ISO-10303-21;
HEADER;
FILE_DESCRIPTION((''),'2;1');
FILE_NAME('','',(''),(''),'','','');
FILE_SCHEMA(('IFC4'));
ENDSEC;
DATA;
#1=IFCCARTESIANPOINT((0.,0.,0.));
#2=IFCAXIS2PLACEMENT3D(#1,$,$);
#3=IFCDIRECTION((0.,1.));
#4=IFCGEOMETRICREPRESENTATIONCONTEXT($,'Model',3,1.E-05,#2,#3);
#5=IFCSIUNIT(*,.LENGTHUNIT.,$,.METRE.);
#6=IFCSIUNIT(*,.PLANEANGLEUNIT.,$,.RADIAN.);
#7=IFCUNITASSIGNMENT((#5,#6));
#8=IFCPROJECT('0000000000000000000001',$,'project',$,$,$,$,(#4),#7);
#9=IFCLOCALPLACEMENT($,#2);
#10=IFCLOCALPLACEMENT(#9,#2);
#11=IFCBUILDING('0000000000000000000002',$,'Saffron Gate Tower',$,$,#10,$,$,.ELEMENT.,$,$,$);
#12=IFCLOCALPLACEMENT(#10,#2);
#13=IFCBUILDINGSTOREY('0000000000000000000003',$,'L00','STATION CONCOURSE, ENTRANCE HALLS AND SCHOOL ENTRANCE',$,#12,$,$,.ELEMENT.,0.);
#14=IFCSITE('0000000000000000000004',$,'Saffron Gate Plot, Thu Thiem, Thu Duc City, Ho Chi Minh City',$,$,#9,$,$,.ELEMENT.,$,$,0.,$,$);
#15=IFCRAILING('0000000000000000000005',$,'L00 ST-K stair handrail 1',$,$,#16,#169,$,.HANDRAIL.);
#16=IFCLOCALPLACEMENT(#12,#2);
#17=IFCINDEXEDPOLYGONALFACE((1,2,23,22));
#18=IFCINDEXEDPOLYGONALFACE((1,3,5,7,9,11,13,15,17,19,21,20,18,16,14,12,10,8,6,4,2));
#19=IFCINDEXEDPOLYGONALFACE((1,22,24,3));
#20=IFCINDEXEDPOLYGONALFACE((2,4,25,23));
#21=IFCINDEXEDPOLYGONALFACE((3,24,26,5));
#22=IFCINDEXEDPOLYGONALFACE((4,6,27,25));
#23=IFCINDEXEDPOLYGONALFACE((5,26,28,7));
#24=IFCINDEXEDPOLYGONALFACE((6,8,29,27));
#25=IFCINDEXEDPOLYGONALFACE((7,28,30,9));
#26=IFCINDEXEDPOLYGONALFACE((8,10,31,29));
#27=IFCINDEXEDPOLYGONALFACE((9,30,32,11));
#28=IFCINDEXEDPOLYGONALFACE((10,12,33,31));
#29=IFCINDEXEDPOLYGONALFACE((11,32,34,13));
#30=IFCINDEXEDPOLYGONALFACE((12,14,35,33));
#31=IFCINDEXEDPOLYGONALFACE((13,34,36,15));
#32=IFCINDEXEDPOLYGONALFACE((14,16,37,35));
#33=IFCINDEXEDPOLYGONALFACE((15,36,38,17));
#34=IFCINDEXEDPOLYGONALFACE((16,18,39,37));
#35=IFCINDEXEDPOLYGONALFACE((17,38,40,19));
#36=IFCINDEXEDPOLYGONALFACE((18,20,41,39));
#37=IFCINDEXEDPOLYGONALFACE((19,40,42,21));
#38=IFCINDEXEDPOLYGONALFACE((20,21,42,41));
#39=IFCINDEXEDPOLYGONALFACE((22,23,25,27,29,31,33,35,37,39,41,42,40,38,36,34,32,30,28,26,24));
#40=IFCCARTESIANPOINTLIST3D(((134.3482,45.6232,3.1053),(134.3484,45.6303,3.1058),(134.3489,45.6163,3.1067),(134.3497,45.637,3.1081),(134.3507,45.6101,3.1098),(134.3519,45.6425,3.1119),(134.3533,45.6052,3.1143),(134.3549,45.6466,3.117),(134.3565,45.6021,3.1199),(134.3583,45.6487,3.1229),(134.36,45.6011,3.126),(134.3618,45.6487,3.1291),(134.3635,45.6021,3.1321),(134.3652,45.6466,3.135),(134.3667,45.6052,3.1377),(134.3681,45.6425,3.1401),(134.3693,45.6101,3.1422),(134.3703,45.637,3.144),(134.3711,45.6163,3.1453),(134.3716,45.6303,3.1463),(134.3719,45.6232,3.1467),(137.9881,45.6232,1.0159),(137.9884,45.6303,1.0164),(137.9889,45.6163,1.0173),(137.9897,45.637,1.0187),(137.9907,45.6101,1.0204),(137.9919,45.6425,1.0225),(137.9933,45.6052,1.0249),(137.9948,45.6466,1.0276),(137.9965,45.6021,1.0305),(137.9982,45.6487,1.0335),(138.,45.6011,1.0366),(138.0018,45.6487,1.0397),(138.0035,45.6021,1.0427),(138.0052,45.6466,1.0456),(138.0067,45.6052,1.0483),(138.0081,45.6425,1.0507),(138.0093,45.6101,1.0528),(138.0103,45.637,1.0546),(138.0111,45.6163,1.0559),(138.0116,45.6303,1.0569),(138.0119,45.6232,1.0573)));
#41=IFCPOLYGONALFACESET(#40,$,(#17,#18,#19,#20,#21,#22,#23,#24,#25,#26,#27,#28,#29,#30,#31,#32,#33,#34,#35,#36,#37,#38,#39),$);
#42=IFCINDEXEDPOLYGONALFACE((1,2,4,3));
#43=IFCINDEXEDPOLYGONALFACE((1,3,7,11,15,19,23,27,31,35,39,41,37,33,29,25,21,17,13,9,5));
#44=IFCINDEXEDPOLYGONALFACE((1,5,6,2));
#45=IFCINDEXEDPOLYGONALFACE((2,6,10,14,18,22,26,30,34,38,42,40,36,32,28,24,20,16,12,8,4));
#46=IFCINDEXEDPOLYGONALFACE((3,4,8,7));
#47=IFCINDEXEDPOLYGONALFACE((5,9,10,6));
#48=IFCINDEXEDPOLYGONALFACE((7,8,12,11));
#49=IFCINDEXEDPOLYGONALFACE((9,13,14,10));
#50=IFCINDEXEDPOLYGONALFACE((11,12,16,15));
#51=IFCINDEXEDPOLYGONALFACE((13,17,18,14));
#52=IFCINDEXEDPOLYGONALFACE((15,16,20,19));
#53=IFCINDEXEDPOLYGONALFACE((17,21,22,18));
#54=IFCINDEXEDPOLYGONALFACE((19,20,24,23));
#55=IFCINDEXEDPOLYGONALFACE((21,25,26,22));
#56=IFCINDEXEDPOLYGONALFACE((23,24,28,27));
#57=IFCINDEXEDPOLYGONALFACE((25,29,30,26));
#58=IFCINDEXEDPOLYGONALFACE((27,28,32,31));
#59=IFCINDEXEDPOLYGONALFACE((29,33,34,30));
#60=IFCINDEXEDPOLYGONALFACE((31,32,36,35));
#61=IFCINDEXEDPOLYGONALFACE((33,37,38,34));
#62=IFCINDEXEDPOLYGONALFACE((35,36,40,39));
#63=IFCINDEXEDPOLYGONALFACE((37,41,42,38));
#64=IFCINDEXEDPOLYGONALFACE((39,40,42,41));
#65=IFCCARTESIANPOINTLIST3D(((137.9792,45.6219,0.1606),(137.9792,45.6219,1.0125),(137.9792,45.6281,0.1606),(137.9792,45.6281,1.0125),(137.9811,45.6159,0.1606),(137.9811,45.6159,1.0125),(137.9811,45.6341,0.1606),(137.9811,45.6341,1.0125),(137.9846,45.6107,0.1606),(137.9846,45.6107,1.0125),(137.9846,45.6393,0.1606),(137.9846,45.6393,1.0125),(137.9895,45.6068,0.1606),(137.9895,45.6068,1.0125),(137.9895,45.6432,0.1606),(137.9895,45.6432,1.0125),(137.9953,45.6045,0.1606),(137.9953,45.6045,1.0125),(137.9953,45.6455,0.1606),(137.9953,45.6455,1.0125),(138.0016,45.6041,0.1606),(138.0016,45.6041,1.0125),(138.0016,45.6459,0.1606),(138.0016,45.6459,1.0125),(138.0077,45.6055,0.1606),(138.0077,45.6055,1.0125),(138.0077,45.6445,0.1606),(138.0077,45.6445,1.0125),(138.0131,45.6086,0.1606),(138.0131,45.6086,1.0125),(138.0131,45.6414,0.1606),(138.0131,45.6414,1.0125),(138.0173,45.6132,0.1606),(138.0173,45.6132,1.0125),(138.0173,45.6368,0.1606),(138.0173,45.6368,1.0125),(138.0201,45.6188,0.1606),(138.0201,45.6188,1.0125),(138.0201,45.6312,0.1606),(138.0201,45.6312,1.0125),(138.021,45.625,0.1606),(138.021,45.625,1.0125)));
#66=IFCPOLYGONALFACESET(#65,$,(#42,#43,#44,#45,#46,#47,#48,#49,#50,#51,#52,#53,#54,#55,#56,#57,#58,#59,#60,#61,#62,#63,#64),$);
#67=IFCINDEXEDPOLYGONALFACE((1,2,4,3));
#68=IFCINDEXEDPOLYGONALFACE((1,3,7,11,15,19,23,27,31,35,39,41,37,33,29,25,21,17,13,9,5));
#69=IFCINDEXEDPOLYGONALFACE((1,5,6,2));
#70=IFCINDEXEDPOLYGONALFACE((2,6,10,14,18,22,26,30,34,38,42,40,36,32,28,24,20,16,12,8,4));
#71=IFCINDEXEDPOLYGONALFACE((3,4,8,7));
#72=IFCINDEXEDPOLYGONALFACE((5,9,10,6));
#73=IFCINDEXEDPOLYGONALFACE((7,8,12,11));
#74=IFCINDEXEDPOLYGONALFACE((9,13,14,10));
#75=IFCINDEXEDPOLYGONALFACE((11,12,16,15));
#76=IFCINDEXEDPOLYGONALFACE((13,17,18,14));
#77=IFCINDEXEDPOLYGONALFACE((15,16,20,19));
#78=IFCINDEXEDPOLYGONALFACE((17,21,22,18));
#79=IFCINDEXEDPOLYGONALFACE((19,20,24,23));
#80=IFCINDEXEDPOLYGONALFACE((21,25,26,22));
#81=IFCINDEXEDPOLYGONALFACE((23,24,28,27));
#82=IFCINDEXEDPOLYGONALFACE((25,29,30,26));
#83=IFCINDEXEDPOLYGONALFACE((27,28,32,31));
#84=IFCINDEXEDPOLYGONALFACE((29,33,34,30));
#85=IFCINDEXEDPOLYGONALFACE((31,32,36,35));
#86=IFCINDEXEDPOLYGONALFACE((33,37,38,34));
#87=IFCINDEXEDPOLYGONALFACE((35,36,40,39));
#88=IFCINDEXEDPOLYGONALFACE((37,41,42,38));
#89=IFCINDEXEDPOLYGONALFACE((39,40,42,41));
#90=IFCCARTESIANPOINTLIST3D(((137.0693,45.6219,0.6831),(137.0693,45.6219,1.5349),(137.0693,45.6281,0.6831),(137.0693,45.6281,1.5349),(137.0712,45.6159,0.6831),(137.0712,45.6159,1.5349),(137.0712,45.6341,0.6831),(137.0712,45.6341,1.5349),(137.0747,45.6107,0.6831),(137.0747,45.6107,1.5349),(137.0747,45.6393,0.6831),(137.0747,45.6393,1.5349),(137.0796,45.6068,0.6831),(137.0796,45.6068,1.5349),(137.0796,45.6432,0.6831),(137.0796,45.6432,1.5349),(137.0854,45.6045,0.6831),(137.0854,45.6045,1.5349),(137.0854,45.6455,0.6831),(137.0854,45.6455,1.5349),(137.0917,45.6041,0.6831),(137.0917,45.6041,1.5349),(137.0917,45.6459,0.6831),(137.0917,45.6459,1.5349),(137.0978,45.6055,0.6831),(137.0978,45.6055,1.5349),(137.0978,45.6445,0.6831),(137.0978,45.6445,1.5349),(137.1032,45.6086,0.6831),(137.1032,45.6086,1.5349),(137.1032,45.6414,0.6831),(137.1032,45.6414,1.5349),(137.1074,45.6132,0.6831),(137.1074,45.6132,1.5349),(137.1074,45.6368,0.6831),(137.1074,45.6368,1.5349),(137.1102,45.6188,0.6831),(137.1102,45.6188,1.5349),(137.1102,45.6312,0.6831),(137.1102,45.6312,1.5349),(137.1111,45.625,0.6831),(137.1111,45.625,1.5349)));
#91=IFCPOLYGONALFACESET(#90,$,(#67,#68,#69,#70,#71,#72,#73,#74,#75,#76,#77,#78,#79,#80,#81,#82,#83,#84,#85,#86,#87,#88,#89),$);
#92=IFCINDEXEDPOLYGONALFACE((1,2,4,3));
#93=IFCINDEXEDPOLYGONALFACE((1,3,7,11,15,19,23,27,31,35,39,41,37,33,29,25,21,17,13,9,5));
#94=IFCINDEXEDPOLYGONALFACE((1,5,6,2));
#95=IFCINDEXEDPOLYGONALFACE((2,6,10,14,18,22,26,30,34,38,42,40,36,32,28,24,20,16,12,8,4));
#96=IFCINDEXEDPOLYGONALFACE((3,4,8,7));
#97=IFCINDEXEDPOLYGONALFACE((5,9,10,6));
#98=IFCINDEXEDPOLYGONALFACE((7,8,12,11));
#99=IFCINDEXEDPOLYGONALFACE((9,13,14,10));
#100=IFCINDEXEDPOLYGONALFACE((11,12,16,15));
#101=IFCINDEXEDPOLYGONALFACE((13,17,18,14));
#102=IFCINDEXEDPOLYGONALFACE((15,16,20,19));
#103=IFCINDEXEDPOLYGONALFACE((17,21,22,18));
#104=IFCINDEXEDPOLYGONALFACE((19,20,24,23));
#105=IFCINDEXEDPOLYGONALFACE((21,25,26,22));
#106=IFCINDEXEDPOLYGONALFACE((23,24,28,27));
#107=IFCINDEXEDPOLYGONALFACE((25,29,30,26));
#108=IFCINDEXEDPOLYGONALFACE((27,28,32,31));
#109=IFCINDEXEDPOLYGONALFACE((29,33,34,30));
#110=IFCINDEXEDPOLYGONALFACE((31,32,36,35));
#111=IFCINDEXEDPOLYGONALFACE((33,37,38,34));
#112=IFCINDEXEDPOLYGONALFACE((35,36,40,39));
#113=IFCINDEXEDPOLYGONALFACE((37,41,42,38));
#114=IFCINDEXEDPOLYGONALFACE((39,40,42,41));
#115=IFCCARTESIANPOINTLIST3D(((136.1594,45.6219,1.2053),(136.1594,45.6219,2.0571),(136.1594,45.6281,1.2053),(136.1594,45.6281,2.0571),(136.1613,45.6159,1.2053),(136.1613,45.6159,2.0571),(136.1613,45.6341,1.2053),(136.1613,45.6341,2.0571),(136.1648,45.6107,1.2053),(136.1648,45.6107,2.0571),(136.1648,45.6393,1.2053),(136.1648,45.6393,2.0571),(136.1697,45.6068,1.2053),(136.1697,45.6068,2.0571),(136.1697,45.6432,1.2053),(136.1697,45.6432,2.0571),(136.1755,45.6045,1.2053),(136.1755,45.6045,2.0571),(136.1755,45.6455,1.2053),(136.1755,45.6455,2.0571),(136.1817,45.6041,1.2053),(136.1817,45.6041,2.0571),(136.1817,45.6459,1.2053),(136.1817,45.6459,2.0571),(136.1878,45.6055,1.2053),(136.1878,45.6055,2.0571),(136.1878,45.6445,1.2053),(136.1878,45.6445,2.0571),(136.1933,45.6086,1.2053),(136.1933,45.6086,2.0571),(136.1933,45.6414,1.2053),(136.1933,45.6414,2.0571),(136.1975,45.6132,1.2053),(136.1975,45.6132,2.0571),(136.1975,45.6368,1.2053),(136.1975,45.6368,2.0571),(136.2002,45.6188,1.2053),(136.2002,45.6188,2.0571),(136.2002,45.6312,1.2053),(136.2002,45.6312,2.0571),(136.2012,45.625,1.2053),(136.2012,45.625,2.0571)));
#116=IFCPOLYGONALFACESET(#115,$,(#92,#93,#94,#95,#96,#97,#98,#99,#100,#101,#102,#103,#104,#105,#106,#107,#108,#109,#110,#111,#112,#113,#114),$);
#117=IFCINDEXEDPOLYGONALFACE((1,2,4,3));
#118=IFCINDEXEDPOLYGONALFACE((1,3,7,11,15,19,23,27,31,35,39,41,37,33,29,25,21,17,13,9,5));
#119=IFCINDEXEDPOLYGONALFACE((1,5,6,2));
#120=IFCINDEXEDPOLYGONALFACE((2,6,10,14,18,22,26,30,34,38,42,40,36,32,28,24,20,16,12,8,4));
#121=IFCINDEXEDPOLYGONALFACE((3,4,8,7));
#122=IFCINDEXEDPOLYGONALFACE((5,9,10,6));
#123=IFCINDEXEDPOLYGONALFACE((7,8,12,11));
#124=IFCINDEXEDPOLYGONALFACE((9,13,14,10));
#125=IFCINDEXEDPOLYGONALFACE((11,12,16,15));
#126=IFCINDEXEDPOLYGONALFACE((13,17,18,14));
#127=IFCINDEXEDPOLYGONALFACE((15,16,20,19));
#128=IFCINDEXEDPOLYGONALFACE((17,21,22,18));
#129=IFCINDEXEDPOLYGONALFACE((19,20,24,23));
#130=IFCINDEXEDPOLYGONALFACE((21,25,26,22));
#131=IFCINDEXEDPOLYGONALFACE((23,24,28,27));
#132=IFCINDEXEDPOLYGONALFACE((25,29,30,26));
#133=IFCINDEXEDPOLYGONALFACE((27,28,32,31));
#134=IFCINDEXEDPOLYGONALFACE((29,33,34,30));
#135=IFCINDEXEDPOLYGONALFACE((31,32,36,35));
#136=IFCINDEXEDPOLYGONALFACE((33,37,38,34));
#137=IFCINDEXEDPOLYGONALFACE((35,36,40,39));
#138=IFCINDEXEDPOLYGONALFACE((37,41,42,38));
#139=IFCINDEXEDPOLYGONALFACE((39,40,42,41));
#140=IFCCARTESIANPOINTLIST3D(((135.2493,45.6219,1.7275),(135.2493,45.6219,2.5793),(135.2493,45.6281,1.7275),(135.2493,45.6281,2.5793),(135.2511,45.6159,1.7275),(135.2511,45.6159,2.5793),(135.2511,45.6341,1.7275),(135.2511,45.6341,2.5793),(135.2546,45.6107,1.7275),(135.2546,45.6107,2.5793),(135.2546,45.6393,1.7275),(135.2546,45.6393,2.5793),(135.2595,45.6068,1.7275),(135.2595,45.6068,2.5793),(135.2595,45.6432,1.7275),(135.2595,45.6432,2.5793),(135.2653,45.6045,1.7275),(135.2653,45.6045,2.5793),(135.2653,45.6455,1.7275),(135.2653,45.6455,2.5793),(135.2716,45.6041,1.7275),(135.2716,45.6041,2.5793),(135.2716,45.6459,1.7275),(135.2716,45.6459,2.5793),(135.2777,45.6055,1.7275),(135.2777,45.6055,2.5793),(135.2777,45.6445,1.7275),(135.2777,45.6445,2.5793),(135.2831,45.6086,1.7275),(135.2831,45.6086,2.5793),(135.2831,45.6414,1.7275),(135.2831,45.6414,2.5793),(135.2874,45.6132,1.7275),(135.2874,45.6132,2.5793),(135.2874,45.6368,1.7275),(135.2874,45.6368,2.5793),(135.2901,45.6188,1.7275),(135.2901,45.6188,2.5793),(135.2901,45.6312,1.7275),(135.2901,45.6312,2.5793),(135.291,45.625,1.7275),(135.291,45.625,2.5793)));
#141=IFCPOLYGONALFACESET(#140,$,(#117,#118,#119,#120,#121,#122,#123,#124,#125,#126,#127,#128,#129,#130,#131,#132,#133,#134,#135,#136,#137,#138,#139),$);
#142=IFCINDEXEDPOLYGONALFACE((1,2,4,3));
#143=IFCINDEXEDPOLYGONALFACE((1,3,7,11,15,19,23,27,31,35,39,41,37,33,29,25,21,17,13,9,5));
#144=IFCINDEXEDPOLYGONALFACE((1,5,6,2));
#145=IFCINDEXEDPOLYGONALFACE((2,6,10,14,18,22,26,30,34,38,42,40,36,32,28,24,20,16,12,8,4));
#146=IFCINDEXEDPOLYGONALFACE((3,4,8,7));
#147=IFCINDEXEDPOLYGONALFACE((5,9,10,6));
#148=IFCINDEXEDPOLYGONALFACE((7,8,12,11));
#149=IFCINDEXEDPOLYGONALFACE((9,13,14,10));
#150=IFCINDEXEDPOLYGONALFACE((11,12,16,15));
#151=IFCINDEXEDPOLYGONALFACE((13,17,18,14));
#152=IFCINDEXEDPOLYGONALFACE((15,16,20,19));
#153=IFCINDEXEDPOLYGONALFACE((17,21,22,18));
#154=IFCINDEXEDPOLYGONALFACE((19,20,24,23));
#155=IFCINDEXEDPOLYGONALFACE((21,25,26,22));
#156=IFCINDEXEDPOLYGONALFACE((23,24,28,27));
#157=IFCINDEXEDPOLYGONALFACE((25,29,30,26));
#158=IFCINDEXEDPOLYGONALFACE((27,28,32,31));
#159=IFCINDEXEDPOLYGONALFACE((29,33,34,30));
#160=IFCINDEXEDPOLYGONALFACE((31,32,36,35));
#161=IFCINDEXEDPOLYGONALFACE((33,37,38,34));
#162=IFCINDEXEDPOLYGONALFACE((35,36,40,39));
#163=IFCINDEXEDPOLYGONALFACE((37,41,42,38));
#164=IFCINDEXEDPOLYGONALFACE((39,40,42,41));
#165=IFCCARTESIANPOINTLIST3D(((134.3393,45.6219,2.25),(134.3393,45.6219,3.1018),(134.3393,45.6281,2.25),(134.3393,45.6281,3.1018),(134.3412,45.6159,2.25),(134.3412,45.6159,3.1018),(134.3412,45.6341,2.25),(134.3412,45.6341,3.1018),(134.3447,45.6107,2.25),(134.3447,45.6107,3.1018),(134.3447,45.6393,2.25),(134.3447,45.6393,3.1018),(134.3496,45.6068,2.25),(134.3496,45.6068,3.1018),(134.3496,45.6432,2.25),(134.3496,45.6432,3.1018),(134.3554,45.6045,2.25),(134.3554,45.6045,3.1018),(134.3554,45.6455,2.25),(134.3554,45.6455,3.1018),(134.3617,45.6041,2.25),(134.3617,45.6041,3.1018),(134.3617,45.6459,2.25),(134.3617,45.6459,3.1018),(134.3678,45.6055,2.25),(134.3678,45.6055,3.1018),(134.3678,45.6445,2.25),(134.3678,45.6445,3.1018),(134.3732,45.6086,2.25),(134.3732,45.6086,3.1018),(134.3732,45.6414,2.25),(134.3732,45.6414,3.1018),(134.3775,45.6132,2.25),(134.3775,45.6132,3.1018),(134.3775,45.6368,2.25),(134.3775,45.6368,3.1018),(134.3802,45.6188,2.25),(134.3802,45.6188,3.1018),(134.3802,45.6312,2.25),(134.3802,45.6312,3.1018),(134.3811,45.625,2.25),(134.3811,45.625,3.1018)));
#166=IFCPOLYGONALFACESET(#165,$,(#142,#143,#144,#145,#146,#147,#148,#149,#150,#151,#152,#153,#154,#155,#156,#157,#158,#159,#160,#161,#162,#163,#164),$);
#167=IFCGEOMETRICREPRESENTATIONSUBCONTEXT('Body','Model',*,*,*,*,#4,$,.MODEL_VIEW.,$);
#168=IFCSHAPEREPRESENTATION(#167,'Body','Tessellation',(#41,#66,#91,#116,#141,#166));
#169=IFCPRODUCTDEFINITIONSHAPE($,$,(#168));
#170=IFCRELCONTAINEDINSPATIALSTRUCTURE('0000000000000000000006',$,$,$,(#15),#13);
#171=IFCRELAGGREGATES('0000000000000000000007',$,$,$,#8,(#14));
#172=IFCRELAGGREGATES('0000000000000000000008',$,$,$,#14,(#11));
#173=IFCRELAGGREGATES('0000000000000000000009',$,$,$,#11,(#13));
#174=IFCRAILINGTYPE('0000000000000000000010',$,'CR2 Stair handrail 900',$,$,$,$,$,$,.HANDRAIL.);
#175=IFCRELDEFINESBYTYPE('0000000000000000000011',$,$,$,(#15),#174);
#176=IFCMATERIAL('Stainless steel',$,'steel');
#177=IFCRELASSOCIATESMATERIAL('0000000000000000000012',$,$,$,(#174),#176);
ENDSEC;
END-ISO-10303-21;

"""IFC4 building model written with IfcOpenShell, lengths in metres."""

from ifc_helpers import new_model, si_unit, direction, frame, origin, origin_2d, place, context, subcontext, project, spatial, circle, extrude, material, type_object, element, save


model = new_model("IFC4")

# Units and contexts
model_context = context("Model", 3, precision=1e-05, world=origin(), true_north=direction((0.0, 1.0)))
body_context = subcontext(model_context, "Body", "Model", "MODEL_VIEW")
ifc_project = project(units=[si_unit("LENGTHUNIT", "METRE"), si_unit("PLANEANGLEUNIT", "RADIAN")], contexts=[model_context])

# Site, building, storey
site_placement = place(None, origin())
site = spatial("IfcSite", under=ifc_project, at=site_placement, Name="Saffron Gate Plot, Thu Thiem, Thu Duc City, Ho Chi Minh City", CompositionType="ELEMENT", RefElevation=0.0)
building_placement = place(site_placement, origin())
building = spatial("IfcBuilding", under=site, at=building_placement, Name="Saffron Gate Tower", CompositionType="ELEMENT")
storey_placement = place(building_placement, origin())
storey = spatial("IfcBuildingStorey", under=building, at=storey_placement, Name="L00", Description="STATION CONCOURSE, ENTRANCE HALLS AND SCHOOL ENTRANCE", CompositionType="ELEMENT", Elevation=0.0)

# Railing
ifc_material_1 = material(Name="Stainless steel", Category="steel")
railing_type_1 = type_object("IfcRailingType", Name="CR2 Stair handrail 900", PredefinedType="HANDRAIL", material=ifc_material_1)
railing_1_placement = place(storey_placement, frame((138.0, 45.625, 0.1606)))
element("IfcRailing", 1, at=railing_1_placement, inside=storey, type_object=railing_type_1, Name="L00 ST-K stair handrail 1", PredefinedType="HANDRAIL", context=body_context, shape_type="SweptSolid", body=[
    extrude(circle(Radius=0.0239, at=origin_2d()), frame((0.0, 0.0, 0.876), z_axis=(-0.867275, 0.0, 0.497829), x_axis=(0.0, -1.0, 0.0)), (0.0, 0.0, 1.0), 4.197),
    extrude(circle(Radius=0.021, at=origin_2d()), origin(), (0.0, 0.0, 1.0), 0.8518),
    extrude(circle(Radius=0.021, at=origin_2d()), frame((-0.9099, 0.0, 0.5225)), (0.0, 0.0, 1.0), 0.8518),
    extrude(circle(Radius=0.021, at=origin_2d()), frame((-1.8198, 0.0, 1.0447)), (0.0, 0.0, 1.0), 0.8518),
    extrude(circle(Radius=0.021, at=origin_2d()), frame((-2.73, 0.0, 1.5669)), (0.0, 0.0, 1.0), 0.8518),
    extrude(circle(Radius=0.021, at=origin_2d()), frame((-3.6399, 0.0, 2.0894)), (0.0, 0.0, 1.0), 0.8518),
])

save(model, "model.ifc")
